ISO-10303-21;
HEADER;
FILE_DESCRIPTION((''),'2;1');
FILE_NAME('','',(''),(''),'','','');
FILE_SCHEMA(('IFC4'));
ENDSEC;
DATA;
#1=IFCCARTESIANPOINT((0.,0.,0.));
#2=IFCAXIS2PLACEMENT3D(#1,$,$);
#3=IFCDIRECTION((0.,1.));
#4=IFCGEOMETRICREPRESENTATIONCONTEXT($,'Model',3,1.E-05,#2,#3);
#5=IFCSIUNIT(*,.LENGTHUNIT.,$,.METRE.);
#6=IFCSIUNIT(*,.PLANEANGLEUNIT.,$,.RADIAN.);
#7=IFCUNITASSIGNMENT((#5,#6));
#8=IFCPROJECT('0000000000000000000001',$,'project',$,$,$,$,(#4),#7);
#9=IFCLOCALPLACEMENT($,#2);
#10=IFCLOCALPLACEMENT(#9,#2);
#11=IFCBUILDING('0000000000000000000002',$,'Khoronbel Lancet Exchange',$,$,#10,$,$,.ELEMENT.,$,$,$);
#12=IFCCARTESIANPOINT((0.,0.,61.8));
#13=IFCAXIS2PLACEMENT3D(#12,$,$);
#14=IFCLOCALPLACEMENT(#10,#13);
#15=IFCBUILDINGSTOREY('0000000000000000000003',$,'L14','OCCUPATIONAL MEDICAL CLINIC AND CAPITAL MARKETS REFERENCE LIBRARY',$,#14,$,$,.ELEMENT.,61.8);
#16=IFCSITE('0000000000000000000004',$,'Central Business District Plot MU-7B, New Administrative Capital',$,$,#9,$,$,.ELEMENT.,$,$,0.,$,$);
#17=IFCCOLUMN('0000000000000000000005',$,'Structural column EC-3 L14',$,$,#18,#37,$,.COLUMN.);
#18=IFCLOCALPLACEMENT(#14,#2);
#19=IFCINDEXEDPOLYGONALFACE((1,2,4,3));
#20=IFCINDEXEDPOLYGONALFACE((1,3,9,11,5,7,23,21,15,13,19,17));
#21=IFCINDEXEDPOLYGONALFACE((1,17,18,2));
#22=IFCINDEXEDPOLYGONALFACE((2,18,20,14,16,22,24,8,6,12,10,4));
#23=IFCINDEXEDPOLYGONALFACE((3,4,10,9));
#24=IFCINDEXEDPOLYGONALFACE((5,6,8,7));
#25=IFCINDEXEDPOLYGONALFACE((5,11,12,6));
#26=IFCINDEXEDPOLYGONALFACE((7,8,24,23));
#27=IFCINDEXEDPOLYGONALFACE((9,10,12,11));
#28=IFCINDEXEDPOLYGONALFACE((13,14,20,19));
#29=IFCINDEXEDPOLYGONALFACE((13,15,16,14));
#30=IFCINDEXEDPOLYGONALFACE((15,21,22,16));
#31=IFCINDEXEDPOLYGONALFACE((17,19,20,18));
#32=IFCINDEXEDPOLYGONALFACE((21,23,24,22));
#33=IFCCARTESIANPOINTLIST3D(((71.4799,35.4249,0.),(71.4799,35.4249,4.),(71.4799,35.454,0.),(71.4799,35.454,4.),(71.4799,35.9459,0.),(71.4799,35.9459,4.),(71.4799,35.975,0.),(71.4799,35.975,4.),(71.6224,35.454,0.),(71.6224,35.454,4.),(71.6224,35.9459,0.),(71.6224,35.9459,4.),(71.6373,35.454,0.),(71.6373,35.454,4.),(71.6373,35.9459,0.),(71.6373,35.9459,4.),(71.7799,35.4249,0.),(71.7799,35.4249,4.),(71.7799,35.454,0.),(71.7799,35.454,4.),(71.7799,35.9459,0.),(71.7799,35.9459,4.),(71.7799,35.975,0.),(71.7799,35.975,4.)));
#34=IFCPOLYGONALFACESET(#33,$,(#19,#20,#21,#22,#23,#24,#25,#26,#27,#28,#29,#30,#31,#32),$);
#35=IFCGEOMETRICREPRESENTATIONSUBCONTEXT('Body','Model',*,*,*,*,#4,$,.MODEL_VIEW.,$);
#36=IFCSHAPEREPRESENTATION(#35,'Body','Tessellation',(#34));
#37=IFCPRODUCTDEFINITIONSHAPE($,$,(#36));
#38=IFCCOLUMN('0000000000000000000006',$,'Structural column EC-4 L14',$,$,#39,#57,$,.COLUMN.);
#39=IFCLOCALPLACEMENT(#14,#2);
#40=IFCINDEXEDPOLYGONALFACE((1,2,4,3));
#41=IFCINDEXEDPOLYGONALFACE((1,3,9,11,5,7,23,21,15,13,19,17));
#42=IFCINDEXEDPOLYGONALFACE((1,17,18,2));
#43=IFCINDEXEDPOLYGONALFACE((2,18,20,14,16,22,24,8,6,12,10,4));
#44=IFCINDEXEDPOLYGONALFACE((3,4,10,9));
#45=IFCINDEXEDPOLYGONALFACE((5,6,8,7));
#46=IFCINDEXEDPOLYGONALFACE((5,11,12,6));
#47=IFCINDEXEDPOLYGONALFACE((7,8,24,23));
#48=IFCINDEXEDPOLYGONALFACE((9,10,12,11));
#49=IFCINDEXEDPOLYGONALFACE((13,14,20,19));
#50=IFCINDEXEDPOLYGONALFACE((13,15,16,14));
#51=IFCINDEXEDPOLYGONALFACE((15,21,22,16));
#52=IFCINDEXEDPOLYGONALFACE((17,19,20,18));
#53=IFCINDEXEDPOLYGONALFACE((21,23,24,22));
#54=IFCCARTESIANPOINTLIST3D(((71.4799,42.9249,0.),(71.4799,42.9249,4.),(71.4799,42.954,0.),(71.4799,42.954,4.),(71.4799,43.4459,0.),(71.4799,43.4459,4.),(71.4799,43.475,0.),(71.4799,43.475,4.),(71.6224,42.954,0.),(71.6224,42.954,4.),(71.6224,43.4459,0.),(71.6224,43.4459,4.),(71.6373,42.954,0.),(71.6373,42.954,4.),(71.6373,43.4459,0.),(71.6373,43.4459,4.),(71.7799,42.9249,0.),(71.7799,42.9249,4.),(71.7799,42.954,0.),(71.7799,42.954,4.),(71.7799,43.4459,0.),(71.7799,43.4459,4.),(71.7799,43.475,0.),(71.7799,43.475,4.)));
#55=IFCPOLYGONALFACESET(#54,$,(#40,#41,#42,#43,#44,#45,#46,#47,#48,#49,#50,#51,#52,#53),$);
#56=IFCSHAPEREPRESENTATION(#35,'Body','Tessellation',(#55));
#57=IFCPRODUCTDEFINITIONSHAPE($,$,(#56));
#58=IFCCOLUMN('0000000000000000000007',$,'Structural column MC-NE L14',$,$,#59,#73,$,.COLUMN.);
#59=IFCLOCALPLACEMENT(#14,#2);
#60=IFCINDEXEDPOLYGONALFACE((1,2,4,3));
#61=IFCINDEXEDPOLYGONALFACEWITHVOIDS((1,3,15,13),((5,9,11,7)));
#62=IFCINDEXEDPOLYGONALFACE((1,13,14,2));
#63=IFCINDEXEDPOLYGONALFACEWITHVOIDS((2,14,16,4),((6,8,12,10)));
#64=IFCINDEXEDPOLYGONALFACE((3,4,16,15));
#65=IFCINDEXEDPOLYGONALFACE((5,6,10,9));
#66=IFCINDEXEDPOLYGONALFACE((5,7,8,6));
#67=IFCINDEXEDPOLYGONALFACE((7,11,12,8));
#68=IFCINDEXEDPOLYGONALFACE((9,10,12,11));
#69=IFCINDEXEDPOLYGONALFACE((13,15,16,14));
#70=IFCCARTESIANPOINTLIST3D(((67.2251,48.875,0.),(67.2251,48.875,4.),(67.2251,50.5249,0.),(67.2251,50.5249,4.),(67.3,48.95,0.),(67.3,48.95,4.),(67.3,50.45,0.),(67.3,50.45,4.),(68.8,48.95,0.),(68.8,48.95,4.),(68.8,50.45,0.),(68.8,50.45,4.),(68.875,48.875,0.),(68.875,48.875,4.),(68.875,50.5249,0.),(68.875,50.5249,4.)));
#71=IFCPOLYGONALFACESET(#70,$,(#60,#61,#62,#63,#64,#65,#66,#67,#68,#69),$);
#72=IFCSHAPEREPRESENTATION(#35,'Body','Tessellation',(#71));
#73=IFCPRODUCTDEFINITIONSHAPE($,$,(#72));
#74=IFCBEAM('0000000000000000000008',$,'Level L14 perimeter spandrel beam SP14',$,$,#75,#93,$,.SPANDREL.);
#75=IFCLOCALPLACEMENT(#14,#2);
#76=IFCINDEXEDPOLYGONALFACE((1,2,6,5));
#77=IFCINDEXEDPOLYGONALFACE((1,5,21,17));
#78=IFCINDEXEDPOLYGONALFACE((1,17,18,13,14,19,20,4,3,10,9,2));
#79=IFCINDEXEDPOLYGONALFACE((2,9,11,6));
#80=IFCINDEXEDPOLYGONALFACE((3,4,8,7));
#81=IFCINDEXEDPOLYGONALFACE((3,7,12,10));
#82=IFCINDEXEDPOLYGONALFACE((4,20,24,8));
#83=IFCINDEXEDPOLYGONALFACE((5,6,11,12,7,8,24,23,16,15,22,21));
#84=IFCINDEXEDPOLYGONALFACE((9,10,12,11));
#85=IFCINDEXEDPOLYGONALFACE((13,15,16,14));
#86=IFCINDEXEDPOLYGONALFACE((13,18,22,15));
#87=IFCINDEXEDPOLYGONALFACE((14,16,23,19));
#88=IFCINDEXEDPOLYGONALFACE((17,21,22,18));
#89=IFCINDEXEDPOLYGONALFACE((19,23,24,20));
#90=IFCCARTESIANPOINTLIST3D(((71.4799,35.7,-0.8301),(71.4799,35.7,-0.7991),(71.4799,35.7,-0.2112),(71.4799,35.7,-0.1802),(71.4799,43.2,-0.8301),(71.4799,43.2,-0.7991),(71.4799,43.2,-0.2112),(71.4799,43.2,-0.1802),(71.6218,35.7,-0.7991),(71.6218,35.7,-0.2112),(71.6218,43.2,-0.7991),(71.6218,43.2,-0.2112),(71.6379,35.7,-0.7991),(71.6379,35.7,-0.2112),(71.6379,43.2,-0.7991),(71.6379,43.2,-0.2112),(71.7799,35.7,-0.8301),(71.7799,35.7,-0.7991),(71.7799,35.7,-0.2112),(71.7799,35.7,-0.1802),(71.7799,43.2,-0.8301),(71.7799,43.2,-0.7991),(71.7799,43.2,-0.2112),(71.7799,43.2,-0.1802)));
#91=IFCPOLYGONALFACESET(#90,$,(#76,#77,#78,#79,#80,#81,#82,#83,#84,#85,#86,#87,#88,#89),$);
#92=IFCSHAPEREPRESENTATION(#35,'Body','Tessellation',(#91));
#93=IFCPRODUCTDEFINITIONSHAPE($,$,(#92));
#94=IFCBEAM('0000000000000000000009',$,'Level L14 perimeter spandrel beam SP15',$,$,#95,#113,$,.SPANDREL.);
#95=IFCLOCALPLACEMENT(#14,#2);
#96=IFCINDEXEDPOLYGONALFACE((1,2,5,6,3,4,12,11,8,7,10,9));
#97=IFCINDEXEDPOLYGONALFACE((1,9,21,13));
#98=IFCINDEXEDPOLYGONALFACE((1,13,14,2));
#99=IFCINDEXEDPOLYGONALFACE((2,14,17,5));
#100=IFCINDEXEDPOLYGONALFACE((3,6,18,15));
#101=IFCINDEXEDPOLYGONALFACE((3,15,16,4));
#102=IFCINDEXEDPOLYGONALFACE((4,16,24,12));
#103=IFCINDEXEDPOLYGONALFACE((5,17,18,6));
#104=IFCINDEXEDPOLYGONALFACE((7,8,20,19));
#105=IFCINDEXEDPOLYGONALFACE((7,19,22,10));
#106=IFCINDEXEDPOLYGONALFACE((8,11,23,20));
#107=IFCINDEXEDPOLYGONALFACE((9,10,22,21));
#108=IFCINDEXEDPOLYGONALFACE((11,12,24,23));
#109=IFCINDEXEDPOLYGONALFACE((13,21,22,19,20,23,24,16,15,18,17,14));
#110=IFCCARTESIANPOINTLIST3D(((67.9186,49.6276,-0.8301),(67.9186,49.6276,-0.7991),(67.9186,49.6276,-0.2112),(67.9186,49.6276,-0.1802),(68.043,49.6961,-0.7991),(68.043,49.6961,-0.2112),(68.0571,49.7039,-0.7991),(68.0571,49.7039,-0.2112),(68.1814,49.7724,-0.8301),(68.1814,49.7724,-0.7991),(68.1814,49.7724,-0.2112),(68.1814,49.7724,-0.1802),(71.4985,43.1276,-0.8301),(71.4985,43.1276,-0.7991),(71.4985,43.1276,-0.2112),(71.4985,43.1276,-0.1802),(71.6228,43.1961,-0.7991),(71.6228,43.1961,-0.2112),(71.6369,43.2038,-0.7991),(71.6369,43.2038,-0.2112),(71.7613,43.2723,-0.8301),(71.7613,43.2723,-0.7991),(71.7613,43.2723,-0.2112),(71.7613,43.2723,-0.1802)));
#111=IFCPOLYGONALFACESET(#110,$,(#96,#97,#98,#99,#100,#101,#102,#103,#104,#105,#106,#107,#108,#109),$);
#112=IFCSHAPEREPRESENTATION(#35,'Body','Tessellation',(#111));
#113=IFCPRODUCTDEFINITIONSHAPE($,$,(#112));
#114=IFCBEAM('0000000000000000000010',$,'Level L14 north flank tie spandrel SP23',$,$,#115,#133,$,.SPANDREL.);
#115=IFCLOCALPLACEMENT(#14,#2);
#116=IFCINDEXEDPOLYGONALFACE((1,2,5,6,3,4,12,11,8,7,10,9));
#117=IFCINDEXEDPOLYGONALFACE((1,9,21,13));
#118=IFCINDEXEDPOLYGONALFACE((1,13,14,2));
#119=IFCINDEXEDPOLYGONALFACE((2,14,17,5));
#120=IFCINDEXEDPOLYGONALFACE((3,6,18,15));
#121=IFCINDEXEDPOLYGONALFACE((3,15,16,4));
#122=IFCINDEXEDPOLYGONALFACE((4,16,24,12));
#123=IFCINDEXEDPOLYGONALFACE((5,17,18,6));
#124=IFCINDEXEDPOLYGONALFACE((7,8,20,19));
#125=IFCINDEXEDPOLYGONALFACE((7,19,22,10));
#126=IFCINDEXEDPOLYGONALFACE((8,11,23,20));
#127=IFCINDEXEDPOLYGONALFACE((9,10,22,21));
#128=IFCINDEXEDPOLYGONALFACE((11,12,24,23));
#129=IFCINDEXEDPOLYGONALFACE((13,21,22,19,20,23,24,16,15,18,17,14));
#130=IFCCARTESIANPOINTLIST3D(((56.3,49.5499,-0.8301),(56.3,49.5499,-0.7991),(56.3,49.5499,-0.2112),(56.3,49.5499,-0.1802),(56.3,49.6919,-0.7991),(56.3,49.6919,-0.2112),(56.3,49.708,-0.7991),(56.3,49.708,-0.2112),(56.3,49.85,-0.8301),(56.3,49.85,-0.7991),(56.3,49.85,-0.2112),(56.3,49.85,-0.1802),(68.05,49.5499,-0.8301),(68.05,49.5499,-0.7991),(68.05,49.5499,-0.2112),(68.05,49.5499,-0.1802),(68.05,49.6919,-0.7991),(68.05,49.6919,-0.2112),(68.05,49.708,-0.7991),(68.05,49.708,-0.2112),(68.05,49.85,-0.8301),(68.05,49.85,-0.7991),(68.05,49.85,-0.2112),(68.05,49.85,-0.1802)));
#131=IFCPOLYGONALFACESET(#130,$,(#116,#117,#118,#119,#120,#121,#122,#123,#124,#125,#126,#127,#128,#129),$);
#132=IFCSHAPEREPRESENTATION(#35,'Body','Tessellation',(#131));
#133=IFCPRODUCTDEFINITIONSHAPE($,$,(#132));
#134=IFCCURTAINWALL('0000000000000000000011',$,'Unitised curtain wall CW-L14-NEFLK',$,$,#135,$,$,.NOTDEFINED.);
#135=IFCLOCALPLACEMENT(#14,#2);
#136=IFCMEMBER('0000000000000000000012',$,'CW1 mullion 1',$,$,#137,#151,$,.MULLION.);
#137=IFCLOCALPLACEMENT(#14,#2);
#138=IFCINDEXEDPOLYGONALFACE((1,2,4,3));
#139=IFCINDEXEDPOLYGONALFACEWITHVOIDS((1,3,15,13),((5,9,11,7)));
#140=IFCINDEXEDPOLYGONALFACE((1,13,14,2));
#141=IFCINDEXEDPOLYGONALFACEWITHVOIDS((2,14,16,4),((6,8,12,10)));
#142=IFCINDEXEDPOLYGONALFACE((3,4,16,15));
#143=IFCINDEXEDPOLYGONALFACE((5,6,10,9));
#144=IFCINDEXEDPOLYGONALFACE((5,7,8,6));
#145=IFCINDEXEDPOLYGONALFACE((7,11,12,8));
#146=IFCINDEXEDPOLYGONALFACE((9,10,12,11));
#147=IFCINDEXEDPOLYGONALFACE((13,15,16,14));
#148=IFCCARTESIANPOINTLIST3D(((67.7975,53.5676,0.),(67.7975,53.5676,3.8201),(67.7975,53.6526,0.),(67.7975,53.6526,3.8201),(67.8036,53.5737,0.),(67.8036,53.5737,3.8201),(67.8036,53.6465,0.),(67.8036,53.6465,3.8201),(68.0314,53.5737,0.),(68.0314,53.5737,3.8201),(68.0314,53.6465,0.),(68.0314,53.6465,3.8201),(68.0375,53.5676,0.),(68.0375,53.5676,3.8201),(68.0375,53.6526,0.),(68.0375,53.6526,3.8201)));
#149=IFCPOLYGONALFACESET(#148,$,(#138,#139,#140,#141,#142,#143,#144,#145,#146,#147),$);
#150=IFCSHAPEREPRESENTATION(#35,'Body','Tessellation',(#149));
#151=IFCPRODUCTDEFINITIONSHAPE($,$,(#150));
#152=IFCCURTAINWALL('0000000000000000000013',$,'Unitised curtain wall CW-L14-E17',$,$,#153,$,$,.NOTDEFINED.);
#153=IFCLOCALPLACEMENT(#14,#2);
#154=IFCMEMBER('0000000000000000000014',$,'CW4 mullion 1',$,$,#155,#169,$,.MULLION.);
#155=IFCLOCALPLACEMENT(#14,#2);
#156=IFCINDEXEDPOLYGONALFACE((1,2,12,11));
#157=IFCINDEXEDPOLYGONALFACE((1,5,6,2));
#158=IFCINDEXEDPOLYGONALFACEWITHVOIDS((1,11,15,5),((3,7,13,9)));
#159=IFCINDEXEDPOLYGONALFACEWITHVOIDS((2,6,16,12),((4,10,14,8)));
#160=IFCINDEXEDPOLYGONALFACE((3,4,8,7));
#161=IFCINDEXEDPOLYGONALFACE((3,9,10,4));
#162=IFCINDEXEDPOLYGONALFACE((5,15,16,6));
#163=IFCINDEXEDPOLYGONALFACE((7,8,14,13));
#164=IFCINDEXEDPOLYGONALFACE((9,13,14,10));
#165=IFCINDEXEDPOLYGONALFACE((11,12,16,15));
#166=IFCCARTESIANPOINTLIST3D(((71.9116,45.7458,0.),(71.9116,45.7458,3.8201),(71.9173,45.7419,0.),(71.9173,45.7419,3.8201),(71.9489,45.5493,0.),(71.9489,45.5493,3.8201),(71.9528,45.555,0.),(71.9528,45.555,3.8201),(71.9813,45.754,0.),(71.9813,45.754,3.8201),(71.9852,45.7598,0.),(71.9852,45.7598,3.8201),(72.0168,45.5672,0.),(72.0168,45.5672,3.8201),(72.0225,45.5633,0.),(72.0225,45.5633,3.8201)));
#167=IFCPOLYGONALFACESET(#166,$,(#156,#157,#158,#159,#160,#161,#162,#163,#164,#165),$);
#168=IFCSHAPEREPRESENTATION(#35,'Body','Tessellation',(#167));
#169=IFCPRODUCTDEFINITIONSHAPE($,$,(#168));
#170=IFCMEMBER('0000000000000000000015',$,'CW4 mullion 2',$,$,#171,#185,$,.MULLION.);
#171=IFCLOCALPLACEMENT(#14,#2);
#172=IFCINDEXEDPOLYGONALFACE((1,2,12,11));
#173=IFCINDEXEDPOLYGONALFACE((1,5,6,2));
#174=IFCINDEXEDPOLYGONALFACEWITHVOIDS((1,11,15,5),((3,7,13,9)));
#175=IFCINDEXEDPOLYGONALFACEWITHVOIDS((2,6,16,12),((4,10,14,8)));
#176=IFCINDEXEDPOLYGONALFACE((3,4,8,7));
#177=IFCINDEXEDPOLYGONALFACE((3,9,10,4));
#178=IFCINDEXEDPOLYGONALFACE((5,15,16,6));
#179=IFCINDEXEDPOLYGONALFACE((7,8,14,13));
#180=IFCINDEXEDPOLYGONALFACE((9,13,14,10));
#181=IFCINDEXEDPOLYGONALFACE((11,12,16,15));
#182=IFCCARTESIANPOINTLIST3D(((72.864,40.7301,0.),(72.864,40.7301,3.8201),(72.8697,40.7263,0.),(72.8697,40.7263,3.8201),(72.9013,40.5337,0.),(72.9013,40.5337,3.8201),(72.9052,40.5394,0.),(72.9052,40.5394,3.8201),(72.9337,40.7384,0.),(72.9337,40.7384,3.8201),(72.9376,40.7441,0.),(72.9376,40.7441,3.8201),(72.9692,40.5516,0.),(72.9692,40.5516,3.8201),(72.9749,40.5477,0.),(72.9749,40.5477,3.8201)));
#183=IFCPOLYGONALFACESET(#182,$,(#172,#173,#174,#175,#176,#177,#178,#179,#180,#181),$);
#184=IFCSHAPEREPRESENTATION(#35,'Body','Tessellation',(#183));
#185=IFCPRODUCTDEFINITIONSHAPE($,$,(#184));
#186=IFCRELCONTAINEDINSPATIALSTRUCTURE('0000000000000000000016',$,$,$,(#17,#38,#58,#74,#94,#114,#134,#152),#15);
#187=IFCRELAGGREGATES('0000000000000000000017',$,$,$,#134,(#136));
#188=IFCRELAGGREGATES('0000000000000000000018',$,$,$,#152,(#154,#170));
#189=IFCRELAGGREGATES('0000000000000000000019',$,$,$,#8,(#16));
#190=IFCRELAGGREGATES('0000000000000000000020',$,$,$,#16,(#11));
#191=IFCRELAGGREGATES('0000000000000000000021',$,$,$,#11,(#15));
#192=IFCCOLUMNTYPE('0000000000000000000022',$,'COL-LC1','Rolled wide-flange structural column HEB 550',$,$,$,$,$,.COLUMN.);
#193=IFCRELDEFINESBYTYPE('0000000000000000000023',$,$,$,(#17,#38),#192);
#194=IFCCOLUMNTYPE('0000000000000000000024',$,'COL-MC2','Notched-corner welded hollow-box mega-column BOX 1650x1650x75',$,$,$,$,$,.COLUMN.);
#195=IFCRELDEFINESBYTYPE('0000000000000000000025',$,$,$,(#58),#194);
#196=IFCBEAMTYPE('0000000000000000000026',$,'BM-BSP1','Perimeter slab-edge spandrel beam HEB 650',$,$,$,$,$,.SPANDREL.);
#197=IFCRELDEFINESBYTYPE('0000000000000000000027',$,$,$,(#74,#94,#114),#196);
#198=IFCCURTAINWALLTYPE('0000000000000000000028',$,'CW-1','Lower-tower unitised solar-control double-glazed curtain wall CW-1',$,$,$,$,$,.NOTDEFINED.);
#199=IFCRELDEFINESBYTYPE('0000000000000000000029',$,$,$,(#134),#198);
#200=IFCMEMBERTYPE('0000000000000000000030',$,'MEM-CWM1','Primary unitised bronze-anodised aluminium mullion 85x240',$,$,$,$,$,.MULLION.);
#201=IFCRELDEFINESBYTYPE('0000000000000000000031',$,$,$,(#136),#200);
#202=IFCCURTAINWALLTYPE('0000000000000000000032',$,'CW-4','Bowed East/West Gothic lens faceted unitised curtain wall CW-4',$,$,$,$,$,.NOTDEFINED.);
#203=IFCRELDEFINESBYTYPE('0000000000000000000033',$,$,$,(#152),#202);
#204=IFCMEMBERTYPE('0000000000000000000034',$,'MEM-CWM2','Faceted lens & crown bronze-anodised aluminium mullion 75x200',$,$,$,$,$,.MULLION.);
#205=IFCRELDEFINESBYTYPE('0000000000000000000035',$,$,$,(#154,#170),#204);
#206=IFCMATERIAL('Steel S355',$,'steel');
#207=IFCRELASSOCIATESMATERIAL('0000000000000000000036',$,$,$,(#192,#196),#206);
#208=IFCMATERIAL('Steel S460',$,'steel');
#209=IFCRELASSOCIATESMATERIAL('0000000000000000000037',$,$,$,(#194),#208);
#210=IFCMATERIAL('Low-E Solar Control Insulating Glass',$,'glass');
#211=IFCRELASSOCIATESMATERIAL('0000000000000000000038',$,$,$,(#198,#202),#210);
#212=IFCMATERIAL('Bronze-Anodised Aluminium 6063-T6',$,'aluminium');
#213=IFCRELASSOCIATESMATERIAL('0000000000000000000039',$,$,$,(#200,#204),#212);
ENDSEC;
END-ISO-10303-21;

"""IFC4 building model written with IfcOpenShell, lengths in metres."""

from ifc_helpers import new_model, si_unit, direction, frame, origin, origin_2d, place, context, subcontext, project, spatial, hollow_rectangle, i_section, extrude, material, material_profile, profile_set, type_object, element, aggregate, save


model = new_model("IFC4")

# Units and contexts
model_context = context("Model", 3, precision=1e-05, world=origin(), true_north=direction((0.0, 1.0)))
body_context = subcontext(model_context, "Body", "Model", "MODEL_VIEW")
ifc_project = project(units=[si_unit("LENGTHUNIT", "METRE"), si_unit("PLANEANGLEUNIT", "RADIAN")], contexts=[model_context])

# Site, building, storey
site_placement = place(None, origin())
site = spatial("IfcSite", under=ifc_project, at=site_placement, Name="Central Business District Plot MU-7B, New Administrative Capital", CompositionType="ELEMENT", RefElevation=0.0)
building_placement = place(site_placement, origin())
building = spatial("IfcBuilding", under=site, at=building_placement, Name="Khoronbel Lancet Exchange", CompositionType="ELEMENT")
storey_placement = place(building_placement, frame((0.0, 0.0, 61.8)))
storey = spatial("IfcBuildingStorey", under=building, at=storey_placement, Name="L14", Description="OCCUPATIONAL MEDICAL CLINIC AND CAPITAL MARKETS REFERENCE LIBRARY", CompositionType="ELEMENT", Elevation=61.8)

# Columns
ifc_material_1 = material(Name="Steel S355", Category="steel")
ifc_material_profile_1 = material_profile(ifc_material_1, i_section(OverallWidth=0.3, OverallDepth=0.55, WebThickness=0.0149, FlangeThickness=0.0291, at=origin_2d()), Name="HEB 550")
ifc_profile_set_1 = profile_set([ifc_material_profile_1], Name="Steel S355")
column_type_1 = type_object("IfcColumnType", Name="COL-LC1", Description="Rolled wide-flange structural column HEB 550", PredefinedType="COLUMN", material=ifc_profile_set_1)
for number, where, z_axis, x_axis, name in (
    (1, (71.6299, 35.7, 0.0), (0.0, 0.0, 1.0), (1.0, 0.0, 0.0), "Structural column EC-3 L14"),
    (2, (71.6299, 43.2, 0.0), (0.0, 0.0, 1.0), (1.0, 0.0, 0.0), "Structural column EC-4 L14"),
):
    element("IfcColumn", number, at=place(storey_placement, frame(where, z_axis=z_axis, x_axis=x_axis)), inside=storey, type_object=column_type_1, Name=name, PredefinedType="COLUMN", context=body_context, shape_type="SweptSolid", body=[
        extrude(i_section(OverallWidth=0.3, OverallDepth=0.55, WebThickness=0.0149, FlangeThickness=0.0291, at=origin_2d()), origin(), (0.0, 0.0, 1.0), 4.0),
    ])
ifc_material_2 = material(Name="Steel S460", Category="steel")
ifc_material_profile_2 = material_profile(ifc_material_2, hollow_rectangle(XDim=1.6499, YDim=1.6499, WallThickness=0.075, at=origin_2d()), Name="BOX 1650x1650x75")
ifc_profile_set_2 = profile_set([ifc_material_profile_2], Name="Steel S460")
column_type_2 = type_object("IfcColumnType", Name="COL-MC2", Description="Notched-corner welded hollow-box mega-column BOX 1650x1650x75", PredefinedType="COLUMN", material=ifc_profile_set_2)
column_placement = place(storey_placement, frame((68.05, 49.7, 0.0), z_axis=(0.0, 0.0, 1.0), x_axis=(1.0, 0.0, 0.0)))
element("IfcColumn", 3, at=column_placement, inside=storey, type_object=column_type_2, Name="Structural column MC-NE L14", PredefinedType="COLUMN", context=body_context, shape_type="SweptSolid", body=[
    extrude(hollow_rectangle(XDim=1.6499, YDim=1.6499, WallThickness=0.075, at=origin_2d()), origin(), (0.0, 0.0, 1.0), 4.0),
])

# Beams
ifc_material_profile_3 = material_profile(ifc_material_1, i_section(OverallWidth=0.3, OverallDepth=0.6499, WebThickness=0.0161, FlangeThickness=0.031, at=origin_2d()), Name="HEB 650")
ifc_profile_set_3 = profile_set([ifc_material_profile_3], Name="Steel S355")
beam_type = type_object("IfcBeamType", Name="BM-BSP1", Description="Perimeter slab-edge spandrel beam HEB 650", PredefinedType="SPANDREL", material=ifc_profile_set_3)
beam_1_placement = place(storey_placement, frame((71.6299, 35.7, -0.5051), z_axis=(0.0, 1.0, 0.0), x_axis=(-1.0, 0.0, 0.0)))
element("IfcBeam", 4, at=beam_1_placement, inside=storey, type_object=beam_type, Name="Level L14 perimeter spandrel beam SP14", PredefinedType="SPANDREL", context=body_context, shape_type="SweptSolid", body=[
    extrude(i_section(OverallWidth=0.3, OverallDepth=0.6499, WebThickness=0.0161, FlangeThickness=0.031, at=origin_2d()), origin(), (0.0, 0.0, 1.0), 7.5),
])
beam_2_placement = place(storey_placement, frame((71.6299, 43.2, -0.5051), z_axis=(-0.482419, 0.875941, 0.0), x_axis=(-0.875941, -0.482419, 0.0)))
element("IfcBeam", 5, at=beam_2_placement, inside=storey, type_object=beam_type, Name="Level L14 perimeter spandrel beam SP15", PredefinedType="SPANDREL", context=body_context, shape_type="SweptSolid", body=[
    extrude(i_section(OverallWidth=0.3, OverallDepth=0.6499, WebThickness=0.0161, FlangeThickness=0.031, at=origin_2d()), origin(), (0.0, 0.0, 1.0), 7.4207),
])
beam_3_placement = place(storey_placement, frame((68.05, 49.7, -0.5051), z_axis=(-1.0, 0.0, 0.0), x_axis=(0.0, -1.0, 0.0)))
element("IfcBeam", 6, at=beam_3_placement, inside=storey, type_object=beam_type, Name="Level L14 north flank tie spandrel SP23", PredefinedType="SPANDREL", context=body_context, shape_type="SweptSolid", body=[
    extrude(i_section(OverallWidth=0.3, OverallDepth=0.6499, WebThickness=0.0161, FlangeThickness=0.031, at=origin_2d()), origin(), (0.0, 0.0, 1.0), 11.75),
])

# Curtain wall, member
ifc_material_3 = material(Name="Low-E Solar Control Insulating Glass", Category="glass")
curtain_wall_type_1 = type_object("IfcCurtainWallType", Name="CW-1", Description="Lower-tower unitised solar-control double-glazed curtain wall CW-1", PredefinedType="NOTDEFINED", material=ifc_material_3)
curtain_wall_1_placement = place(storey_placement, origin())
curtain_wall_1 = element("IfcCurtainWall", 7, at=curtain_wall_1_placement, inside=storey, type_object=curtain_wall_type_1, Name="Unitised curtain wall CW-L14-NEFLK", PredefinedType="NOTDEFINED")
ifc_material_4 = material(Name="Bronze-Anodised Aluminium 6063-T6", Category="aluminium")
ifc_material_profile_4 = material_profile(ifc_material_4, hollow_rectangle(XDim=0.085, YDim=0.24, WallThickness=0.0061, at=origin_2d()), Name="ALU MULLION 85x240")
ifc_profile_set_4 = profile_set([ifc_material_profile_4], Name="Bronze-Anodised Aluminium 6063-T6")
member_type_1 = type_object("IfcMemberType", Name="MEM-CWM1", Description="Primary unitised bronze-anodised aluminium mullion 85x240", PredefinedType="MULLION", material=ifc_profile_set_4)
member_1_placement = place(storey_placement, frame((67.9175, 53.6101, 0.0), z_axis=(0.0, 0.0, 1.0), x_axis=(0.0, -1.0, 0.0)))
member_1 = element("IfcMember", 8, at=member_1_placement, type_object=member_type_1, Name="CW1 mullion 1", PredefinedType="MULLION", context=body_context, shape_type="SweptSolid", body=[
    extrude(hollow_rectangle(XDim=0.085, YDim=0.24, WallThickness=0.0061, at=origin_2d()), origin(), (0.0, 0.0, 1.0), 3.8201),
])

# Curtain wall, members
curtain_wall_type_2 = type_object("IfcCurtainWallType", Name="CW-4", Description="Bowed East/West Gothic lens faceted unitised curtain wall CW-4", PredefinedType="NOTDEFINED", material=ifc_material_3)
curtain_wall_2_placement = place(storey_placement, origin())
curtain_wall_2 = element("IfcCurtainWall", 9, at=curtain_wall_2_placement, inside=storey, type_object=curtain_wall_type_2, Name="Unitised curtain wall CW-L14-E17", PredefinedType="NOTDEFINED")
ifc_material_profile_5 = material_profile(ifc_material_4, hollow_rectangle(XDim=0.075, YDim=0.2, WallThickness=0.0049, at=origin_2d()), Name="ALU MULLION 75x200")
ifc_profile_set_5 = profile_set([ifc_material_profile_5], Name="Bronze-Anodised Aluminium 6063-T6")
member_type_2 = type_object("IfcMemberType", Name="MEM-CWM2", Description="Faceted lens & crown bronze-anodised aluminium mullion 75x200", PredefinedType="MULLION", material=ifc_profile_set_5)
member_2_placement = place(storey_placement, frame((71.967, 45.6545, 0.0), z_axis=(0.0, 0.0, 1.0), x_axis=(0.982445, 0.186551, 0.0)))
member_2 = element("IfcMember", 10, at=member_2_placement, type_object=member_type_2, Name="CW4 mullion 1", PredefinedType="MULLION", context=body_context, shape_type="SweptSolid", body=[
    extrude(hollow_rectangle(XDim=0.075, YDim=0.2, WallThickness=0.0049, at=origin_2d()), origin(), (0.0, 0.0, 1.0), 3.8201),
])
member_3_placement = place(storey_placement, frame((72.9194, 40.6389, 0.0), z_axis=(0.0, 0.0, 1.0), x_axis=(0.982445, 0.186551, 0.0)))
member_3 = element("IfcMember", 11, at=member_3_placement, type_object=member_type_2, Name="CW4 mullion 2", PredefinedType="MULLION", context=body_context, shape_type="SweptSolid", body=[
    extrude(hollow_rectangle(XDim=0.075, YDim=0.2, WallThickness=0.0049, at=origin_2d()), origin(), (0.0, 0.0, 1.0), 3.8201),
])

aggregate(curtain_wall_1, [member_1])
aggregate(curtain_wall_2, [member_2, member_3])

save(model, "model.ifc")
